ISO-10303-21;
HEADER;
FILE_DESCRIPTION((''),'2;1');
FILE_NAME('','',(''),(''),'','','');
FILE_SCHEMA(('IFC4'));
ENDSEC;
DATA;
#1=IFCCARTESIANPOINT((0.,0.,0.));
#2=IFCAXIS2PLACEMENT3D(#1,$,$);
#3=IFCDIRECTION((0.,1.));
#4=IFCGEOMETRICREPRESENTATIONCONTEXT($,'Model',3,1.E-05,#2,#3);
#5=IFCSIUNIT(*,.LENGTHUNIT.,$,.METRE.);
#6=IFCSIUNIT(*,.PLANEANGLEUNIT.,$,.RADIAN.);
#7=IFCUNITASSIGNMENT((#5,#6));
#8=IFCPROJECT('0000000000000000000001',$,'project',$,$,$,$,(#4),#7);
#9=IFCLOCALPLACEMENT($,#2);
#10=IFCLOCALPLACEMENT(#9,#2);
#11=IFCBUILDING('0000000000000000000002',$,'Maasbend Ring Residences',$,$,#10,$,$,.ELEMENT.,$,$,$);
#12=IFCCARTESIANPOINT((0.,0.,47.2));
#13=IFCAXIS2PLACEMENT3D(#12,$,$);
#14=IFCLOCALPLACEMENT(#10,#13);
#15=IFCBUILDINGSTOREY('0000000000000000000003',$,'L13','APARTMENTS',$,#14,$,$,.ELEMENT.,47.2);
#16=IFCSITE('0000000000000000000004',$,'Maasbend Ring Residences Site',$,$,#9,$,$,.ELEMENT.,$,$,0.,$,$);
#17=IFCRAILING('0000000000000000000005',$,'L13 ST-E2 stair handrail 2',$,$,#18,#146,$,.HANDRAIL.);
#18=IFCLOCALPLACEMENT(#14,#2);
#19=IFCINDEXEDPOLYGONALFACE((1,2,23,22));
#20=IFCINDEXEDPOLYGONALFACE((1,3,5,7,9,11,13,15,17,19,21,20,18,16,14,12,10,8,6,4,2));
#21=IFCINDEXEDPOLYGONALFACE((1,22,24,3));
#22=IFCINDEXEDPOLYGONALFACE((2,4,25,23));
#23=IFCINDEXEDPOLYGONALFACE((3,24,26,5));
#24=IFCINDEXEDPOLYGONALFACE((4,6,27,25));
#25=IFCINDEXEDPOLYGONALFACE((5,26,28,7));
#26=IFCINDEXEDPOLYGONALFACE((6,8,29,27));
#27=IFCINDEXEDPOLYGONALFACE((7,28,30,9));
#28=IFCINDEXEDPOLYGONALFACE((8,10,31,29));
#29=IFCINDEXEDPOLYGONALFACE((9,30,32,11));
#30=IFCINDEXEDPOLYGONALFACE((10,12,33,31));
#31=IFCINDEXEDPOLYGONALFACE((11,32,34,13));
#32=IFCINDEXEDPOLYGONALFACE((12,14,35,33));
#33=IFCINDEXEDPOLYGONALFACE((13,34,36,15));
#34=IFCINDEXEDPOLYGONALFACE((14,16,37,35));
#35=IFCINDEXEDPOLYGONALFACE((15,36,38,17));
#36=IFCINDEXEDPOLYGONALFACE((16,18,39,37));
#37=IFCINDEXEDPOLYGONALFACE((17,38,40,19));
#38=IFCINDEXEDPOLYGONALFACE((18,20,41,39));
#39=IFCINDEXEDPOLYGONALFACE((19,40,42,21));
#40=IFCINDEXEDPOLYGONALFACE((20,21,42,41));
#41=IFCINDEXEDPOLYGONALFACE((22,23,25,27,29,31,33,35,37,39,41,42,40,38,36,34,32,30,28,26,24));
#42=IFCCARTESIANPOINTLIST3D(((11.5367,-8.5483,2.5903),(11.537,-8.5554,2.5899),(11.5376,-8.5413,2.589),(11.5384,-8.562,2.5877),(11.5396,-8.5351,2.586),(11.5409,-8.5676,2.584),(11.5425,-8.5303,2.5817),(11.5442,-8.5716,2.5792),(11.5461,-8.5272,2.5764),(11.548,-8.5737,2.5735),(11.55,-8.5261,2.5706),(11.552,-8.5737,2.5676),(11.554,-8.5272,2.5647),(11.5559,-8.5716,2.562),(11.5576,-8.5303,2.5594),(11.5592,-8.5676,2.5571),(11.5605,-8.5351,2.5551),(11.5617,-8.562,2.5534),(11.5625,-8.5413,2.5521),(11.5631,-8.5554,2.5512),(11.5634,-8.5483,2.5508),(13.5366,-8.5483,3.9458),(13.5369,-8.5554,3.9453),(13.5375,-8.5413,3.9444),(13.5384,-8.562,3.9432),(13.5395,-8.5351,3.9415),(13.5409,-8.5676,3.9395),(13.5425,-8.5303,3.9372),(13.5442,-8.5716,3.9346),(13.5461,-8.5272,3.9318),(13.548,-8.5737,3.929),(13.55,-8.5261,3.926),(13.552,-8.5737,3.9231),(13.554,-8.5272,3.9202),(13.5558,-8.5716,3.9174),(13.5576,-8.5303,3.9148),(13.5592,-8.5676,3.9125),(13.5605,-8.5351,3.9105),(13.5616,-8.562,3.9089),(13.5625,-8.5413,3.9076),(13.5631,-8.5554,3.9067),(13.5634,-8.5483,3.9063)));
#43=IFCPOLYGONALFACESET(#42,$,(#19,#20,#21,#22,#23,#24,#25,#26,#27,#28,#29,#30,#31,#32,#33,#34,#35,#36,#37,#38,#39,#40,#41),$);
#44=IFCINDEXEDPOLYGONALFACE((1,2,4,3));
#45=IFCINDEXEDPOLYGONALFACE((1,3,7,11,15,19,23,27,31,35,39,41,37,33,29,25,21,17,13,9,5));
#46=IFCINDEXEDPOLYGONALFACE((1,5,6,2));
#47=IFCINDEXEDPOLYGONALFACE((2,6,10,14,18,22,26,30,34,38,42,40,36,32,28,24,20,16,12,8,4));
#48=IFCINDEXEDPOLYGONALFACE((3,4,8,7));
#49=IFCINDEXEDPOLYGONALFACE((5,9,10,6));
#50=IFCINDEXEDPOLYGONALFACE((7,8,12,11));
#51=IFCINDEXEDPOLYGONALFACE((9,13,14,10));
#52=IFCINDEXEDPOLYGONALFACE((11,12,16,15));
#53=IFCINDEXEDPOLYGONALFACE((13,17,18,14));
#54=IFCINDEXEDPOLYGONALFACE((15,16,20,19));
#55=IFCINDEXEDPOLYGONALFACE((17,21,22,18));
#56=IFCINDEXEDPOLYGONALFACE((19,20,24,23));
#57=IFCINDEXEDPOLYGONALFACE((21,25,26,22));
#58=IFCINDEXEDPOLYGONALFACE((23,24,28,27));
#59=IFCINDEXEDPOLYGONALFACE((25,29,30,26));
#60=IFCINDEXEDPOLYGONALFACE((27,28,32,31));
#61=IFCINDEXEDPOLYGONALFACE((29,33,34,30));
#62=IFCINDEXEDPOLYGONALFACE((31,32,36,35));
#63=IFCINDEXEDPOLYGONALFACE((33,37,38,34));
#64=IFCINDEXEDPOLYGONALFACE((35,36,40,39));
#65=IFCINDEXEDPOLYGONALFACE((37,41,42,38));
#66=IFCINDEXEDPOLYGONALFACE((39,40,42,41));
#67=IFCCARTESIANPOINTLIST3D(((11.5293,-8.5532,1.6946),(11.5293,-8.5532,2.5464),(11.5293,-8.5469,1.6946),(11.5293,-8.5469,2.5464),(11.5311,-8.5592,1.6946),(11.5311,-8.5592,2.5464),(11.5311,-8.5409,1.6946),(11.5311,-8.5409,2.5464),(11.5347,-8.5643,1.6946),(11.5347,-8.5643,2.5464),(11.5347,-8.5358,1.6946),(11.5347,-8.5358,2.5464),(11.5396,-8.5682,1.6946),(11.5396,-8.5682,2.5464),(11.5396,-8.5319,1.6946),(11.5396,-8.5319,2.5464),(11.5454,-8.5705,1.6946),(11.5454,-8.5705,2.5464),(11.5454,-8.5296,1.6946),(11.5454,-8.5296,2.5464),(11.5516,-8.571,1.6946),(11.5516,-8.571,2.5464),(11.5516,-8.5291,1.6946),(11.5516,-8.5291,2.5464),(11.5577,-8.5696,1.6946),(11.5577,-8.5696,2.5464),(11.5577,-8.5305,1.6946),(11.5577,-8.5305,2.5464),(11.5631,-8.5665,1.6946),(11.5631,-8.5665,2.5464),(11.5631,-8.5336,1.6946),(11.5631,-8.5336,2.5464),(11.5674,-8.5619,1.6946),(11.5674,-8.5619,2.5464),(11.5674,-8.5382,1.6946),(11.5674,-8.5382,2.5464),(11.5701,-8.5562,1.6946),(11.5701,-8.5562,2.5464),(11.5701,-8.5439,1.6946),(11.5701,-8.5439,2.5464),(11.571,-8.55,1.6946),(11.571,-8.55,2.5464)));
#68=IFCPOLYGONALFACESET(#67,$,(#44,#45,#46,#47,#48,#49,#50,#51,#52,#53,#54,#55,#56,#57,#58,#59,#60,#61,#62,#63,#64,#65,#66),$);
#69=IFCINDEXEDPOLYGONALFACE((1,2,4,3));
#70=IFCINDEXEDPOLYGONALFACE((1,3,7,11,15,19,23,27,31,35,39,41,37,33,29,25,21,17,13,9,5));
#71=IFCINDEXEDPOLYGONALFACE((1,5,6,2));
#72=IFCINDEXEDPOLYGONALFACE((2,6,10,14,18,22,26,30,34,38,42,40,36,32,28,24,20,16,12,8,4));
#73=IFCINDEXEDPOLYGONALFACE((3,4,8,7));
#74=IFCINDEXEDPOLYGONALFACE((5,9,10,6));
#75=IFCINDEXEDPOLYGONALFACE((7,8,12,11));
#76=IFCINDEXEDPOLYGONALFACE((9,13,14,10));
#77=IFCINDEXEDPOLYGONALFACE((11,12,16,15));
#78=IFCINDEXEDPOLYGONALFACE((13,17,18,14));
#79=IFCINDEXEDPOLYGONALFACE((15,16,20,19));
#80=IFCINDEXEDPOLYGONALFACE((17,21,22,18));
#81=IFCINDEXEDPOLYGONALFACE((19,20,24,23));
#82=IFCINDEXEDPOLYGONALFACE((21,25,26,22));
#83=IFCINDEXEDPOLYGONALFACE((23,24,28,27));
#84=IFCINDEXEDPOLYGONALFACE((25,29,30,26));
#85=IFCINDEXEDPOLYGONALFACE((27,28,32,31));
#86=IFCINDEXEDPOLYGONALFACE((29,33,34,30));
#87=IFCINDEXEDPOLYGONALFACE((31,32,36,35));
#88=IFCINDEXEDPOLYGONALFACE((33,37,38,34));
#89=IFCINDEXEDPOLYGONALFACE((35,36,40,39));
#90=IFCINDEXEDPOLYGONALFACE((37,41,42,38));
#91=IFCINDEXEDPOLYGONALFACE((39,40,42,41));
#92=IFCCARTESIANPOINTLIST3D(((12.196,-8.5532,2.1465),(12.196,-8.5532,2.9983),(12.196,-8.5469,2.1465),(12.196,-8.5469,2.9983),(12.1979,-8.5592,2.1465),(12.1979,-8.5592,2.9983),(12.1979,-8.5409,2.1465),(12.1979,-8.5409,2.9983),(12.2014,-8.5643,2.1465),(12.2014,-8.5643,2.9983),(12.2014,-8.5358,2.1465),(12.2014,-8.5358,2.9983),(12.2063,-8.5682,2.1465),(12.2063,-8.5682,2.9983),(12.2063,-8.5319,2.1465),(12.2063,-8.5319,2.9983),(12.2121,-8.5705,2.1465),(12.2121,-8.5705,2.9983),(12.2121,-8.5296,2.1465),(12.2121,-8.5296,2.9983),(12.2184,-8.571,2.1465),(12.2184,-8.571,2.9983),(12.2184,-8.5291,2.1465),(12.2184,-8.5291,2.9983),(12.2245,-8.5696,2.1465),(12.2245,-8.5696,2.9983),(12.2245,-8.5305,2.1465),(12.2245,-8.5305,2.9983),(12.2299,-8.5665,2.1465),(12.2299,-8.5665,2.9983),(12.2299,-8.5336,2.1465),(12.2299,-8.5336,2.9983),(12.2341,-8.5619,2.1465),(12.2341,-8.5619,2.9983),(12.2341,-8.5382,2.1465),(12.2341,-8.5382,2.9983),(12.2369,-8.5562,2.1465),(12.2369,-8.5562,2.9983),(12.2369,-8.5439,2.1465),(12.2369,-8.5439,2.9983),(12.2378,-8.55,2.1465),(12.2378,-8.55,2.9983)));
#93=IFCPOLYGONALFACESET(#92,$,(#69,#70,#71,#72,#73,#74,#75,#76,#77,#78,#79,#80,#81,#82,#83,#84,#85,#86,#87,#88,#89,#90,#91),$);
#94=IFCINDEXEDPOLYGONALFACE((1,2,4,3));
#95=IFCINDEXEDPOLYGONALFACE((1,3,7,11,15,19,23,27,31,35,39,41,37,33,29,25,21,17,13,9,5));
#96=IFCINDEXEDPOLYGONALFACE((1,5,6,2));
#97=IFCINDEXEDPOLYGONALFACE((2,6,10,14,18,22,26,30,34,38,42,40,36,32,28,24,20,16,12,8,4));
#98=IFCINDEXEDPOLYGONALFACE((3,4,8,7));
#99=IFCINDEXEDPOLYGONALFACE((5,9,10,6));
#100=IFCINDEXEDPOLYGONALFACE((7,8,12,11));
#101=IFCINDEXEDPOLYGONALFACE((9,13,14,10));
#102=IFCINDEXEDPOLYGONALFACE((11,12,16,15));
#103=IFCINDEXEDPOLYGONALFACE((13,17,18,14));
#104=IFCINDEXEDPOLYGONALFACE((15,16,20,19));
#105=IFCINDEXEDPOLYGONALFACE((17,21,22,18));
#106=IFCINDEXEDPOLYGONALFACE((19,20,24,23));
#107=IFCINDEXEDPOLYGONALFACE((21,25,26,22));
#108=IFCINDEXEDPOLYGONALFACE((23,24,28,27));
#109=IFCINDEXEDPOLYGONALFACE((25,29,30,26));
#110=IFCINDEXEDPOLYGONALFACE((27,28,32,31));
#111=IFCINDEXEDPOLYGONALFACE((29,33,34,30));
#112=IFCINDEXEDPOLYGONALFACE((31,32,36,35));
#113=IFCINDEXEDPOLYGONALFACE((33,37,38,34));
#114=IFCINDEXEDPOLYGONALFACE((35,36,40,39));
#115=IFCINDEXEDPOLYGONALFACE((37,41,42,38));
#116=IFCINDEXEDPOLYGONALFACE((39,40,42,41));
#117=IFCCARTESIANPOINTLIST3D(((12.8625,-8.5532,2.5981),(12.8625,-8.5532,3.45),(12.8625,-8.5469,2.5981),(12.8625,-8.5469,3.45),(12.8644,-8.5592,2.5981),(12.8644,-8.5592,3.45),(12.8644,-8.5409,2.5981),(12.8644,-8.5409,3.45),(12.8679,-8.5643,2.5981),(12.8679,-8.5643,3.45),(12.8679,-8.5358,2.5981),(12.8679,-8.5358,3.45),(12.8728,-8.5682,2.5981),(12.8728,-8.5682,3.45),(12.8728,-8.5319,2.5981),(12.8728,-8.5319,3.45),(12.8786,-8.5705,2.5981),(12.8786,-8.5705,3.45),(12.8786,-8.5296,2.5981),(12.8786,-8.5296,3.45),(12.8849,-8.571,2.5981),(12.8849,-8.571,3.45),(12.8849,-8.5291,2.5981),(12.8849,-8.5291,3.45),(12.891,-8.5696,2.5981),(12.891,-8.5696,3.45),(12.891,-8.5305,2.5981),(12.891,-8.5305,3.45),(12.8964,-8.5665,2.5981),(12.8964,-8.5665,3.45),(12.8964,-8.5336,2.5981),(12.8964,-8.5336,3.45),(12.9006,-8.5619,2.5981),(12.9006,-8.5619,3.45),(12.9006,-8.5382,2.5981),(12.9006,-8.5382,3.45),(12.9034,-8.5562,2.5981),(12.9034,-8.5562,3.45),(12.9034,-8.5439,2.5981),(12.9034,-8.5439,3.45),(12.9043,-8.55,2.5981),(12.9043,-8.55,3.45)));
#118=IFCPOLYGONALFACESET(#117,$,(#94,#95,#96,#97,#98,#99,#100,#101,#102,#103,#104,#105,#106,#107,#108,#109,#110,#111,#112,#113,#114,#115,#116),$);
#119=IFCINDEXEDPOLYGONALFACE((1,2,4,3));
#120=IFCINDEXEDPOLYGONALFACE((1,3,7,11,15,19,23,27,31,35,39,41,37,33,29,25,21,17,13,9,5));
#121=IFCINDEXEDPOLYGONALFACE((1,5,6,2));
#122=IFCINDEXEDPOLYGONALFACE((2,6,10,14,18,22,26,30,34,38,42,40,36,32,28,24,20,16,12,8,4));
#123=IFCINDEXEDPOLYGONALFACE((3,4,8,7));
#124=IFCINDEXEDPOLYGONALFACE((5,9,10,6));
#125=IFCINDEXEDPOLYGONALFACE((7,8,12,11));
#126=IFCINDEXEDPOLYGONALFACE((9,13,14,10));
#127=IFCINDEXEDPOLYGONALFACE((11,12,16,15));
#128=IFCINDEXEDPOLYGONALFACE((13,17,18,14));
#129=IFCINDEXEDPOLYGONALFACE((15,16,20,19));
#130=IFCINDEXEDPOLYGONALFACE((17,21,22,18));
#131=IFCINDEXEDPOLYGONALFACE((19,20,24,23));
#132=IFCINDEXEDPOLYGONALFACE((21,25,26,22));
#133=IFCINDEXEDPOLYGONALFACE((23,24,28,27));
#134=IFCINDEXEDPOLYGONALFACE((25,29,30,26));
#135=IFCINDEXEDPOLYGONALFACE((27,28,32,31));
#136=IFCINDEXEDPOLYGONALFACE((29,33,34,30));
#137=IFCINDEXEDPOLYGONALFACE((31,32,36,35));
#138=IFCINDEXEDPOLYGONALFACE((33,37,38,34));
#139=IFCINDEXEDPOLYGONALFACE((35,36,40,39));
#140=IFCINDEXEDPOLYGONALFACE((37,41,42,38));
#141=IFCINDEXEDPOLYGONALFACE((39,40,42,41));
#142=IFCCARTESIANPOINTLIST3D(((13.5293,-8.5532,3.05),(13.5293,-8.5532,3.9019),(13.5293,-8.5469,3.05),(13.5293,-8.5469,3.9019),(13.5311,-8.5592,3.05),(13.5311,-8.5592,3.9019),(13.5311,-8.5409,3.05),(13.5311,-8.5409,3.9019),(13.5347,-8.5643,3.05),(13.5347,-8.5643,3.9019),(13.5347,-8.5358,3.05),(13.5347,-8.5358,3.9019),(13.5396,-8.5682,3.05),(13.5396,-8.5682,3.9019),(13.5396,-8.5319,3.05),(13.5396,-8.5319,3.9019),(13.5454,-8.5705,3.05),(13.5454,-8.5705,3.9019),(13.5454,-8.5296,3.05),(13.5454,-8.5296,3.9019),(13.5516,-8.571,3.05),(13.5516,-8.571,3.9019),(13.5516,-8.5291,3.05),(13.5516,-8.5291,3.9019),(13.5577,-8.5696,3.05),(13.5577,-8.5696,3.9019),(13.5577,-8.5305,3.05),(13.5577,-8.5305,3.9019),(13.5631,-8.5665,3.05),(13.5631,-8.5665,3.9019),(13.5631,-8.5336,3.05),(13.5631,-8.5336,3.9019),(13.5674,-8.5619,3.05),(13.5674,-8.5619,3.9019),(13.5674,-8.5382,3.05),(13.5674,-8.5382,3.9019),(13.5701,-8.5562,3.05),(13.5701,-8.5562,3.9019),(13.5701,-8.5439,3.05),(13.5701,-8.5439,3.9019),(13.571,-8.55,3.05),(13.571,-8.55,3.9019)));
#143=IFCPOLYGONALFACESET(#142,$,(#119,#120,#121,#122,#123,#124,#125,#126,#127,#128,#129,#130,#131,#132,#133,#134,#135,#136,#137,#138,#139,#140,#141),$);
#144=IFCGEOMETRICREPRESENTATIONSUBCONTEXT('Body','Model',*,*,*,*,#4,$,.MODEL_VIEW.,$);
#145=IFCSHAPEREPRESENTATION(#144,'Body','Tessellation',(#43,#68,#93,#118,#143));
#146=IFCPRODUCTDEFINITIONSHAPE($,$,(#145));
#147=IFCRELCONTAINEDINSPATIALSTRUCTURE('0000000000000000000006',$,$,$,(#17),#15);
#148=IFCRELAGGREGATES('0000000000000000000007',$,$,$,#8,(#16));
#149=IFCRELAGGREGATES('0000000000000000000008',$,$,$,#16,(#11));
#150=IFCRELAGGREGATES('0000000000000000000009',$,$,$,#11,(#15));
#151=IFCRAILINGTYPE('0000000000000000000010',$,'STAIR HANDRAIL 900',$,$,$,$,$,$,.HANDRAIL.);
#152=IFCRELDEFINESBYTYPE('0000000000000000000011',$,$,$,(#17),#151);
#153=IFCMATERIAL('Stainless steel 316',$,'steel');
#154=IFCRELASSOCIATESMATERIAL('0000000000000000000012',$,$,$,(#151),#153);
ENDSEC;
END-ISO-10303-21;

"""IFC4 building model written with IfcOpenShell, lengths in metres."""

from ifc_helpers import new_model, si_unit, direction, frame, origin, origin_2d, place, context, subcontext, project, spatial, circle, extrude, material, type_object, element, save


model = new_model("IFC4")

# Units and contexts
model_context = context("Model", 3, precision=1e-05, world=origin(), true_north=direction((0.0, 1.0)))
body_context = subcontext(model_context, "Body", "Model", "MODEL_VIEW")
ifc_project = project(units=[si_unit("LENGTHUNIT", "METRE"), si_unit("PLANEANGLEUNIT", "RADIAN")], contexts=[model_context])

# Site, building, storey
site_placement = place(None, origin())
site = spatial("IfcSite", under=ifc_project, at=site_placement, Name="Maasbend Ring Residences Site", CompositionType="ELEMENT", RefElevation=0.0)
building_placement = place(site_placement, origin())
building = spatial("IfcBuilding", under=site, at=building_placement, Name="Maasbend Ring Residences", CompositionType="ELEMENT")
storey_placement = place(building_placement, frame((0.0, 0.0, 47.2)))
storey = spatial("IfcBuildingStorey", under=building, at=storey_placement, Name="L13", Description="APARTMENTS", CompositionType="ELEMENT", Elevation=47.2)

# Railing
ifc_material_1 = material(Name="Stainless steel 316", Category="steel")
railing_type_1 = type_object("IfcRailingType", Name="STAIR HANDRAIL 900", PredefinedType="HANDRAIL", material=ifc_material_1)
railing_1_placement = place(storey_placement, frame((11.55, -8.55, 1.6946)))
element("IfcRailing", 1, at=railing_1_placement, inside=storey, type_object=railing_type_1, Name="L13 ST-E2 stair handrail 2", PredefinedType="HANDRAIL", context=body_context, shape_type="SweptSolid", body=[
    extrude(circle(Radius=0.0239, at=origin_2d()), frame((0.0, 0.0, 0.876), z_axis=(0.827798, 0.0, 0.561027), x_axis=(0.0, 1.0, 0.0)), (0.0, 0.0, 1.0), 2.416),
    extrude(circle(Radius=0.021, at=origin_2d()), origin(), (0.0, 0.0, 1.0), 0.8518),
    extrude(circle(Radius=0.021, at=origin_2d()), frame((0.6667, 0.0, 0.4519)), (0.0, 0.0, 1.0), 0.8518),
    extrude(circle(Radius=0.021, at=origin_2d()), frame((1.3333, 0.0, 0.9036)), (0.0, 0.0, 1.0), 0.8518),
    extrude(circle(Radius=0.021, at=origin_2d()), frame((2.0, 0.0, 1.3555)), (0.0, 0.0, 1.0), 0.8518),
])

save(model, "model.ifc")
